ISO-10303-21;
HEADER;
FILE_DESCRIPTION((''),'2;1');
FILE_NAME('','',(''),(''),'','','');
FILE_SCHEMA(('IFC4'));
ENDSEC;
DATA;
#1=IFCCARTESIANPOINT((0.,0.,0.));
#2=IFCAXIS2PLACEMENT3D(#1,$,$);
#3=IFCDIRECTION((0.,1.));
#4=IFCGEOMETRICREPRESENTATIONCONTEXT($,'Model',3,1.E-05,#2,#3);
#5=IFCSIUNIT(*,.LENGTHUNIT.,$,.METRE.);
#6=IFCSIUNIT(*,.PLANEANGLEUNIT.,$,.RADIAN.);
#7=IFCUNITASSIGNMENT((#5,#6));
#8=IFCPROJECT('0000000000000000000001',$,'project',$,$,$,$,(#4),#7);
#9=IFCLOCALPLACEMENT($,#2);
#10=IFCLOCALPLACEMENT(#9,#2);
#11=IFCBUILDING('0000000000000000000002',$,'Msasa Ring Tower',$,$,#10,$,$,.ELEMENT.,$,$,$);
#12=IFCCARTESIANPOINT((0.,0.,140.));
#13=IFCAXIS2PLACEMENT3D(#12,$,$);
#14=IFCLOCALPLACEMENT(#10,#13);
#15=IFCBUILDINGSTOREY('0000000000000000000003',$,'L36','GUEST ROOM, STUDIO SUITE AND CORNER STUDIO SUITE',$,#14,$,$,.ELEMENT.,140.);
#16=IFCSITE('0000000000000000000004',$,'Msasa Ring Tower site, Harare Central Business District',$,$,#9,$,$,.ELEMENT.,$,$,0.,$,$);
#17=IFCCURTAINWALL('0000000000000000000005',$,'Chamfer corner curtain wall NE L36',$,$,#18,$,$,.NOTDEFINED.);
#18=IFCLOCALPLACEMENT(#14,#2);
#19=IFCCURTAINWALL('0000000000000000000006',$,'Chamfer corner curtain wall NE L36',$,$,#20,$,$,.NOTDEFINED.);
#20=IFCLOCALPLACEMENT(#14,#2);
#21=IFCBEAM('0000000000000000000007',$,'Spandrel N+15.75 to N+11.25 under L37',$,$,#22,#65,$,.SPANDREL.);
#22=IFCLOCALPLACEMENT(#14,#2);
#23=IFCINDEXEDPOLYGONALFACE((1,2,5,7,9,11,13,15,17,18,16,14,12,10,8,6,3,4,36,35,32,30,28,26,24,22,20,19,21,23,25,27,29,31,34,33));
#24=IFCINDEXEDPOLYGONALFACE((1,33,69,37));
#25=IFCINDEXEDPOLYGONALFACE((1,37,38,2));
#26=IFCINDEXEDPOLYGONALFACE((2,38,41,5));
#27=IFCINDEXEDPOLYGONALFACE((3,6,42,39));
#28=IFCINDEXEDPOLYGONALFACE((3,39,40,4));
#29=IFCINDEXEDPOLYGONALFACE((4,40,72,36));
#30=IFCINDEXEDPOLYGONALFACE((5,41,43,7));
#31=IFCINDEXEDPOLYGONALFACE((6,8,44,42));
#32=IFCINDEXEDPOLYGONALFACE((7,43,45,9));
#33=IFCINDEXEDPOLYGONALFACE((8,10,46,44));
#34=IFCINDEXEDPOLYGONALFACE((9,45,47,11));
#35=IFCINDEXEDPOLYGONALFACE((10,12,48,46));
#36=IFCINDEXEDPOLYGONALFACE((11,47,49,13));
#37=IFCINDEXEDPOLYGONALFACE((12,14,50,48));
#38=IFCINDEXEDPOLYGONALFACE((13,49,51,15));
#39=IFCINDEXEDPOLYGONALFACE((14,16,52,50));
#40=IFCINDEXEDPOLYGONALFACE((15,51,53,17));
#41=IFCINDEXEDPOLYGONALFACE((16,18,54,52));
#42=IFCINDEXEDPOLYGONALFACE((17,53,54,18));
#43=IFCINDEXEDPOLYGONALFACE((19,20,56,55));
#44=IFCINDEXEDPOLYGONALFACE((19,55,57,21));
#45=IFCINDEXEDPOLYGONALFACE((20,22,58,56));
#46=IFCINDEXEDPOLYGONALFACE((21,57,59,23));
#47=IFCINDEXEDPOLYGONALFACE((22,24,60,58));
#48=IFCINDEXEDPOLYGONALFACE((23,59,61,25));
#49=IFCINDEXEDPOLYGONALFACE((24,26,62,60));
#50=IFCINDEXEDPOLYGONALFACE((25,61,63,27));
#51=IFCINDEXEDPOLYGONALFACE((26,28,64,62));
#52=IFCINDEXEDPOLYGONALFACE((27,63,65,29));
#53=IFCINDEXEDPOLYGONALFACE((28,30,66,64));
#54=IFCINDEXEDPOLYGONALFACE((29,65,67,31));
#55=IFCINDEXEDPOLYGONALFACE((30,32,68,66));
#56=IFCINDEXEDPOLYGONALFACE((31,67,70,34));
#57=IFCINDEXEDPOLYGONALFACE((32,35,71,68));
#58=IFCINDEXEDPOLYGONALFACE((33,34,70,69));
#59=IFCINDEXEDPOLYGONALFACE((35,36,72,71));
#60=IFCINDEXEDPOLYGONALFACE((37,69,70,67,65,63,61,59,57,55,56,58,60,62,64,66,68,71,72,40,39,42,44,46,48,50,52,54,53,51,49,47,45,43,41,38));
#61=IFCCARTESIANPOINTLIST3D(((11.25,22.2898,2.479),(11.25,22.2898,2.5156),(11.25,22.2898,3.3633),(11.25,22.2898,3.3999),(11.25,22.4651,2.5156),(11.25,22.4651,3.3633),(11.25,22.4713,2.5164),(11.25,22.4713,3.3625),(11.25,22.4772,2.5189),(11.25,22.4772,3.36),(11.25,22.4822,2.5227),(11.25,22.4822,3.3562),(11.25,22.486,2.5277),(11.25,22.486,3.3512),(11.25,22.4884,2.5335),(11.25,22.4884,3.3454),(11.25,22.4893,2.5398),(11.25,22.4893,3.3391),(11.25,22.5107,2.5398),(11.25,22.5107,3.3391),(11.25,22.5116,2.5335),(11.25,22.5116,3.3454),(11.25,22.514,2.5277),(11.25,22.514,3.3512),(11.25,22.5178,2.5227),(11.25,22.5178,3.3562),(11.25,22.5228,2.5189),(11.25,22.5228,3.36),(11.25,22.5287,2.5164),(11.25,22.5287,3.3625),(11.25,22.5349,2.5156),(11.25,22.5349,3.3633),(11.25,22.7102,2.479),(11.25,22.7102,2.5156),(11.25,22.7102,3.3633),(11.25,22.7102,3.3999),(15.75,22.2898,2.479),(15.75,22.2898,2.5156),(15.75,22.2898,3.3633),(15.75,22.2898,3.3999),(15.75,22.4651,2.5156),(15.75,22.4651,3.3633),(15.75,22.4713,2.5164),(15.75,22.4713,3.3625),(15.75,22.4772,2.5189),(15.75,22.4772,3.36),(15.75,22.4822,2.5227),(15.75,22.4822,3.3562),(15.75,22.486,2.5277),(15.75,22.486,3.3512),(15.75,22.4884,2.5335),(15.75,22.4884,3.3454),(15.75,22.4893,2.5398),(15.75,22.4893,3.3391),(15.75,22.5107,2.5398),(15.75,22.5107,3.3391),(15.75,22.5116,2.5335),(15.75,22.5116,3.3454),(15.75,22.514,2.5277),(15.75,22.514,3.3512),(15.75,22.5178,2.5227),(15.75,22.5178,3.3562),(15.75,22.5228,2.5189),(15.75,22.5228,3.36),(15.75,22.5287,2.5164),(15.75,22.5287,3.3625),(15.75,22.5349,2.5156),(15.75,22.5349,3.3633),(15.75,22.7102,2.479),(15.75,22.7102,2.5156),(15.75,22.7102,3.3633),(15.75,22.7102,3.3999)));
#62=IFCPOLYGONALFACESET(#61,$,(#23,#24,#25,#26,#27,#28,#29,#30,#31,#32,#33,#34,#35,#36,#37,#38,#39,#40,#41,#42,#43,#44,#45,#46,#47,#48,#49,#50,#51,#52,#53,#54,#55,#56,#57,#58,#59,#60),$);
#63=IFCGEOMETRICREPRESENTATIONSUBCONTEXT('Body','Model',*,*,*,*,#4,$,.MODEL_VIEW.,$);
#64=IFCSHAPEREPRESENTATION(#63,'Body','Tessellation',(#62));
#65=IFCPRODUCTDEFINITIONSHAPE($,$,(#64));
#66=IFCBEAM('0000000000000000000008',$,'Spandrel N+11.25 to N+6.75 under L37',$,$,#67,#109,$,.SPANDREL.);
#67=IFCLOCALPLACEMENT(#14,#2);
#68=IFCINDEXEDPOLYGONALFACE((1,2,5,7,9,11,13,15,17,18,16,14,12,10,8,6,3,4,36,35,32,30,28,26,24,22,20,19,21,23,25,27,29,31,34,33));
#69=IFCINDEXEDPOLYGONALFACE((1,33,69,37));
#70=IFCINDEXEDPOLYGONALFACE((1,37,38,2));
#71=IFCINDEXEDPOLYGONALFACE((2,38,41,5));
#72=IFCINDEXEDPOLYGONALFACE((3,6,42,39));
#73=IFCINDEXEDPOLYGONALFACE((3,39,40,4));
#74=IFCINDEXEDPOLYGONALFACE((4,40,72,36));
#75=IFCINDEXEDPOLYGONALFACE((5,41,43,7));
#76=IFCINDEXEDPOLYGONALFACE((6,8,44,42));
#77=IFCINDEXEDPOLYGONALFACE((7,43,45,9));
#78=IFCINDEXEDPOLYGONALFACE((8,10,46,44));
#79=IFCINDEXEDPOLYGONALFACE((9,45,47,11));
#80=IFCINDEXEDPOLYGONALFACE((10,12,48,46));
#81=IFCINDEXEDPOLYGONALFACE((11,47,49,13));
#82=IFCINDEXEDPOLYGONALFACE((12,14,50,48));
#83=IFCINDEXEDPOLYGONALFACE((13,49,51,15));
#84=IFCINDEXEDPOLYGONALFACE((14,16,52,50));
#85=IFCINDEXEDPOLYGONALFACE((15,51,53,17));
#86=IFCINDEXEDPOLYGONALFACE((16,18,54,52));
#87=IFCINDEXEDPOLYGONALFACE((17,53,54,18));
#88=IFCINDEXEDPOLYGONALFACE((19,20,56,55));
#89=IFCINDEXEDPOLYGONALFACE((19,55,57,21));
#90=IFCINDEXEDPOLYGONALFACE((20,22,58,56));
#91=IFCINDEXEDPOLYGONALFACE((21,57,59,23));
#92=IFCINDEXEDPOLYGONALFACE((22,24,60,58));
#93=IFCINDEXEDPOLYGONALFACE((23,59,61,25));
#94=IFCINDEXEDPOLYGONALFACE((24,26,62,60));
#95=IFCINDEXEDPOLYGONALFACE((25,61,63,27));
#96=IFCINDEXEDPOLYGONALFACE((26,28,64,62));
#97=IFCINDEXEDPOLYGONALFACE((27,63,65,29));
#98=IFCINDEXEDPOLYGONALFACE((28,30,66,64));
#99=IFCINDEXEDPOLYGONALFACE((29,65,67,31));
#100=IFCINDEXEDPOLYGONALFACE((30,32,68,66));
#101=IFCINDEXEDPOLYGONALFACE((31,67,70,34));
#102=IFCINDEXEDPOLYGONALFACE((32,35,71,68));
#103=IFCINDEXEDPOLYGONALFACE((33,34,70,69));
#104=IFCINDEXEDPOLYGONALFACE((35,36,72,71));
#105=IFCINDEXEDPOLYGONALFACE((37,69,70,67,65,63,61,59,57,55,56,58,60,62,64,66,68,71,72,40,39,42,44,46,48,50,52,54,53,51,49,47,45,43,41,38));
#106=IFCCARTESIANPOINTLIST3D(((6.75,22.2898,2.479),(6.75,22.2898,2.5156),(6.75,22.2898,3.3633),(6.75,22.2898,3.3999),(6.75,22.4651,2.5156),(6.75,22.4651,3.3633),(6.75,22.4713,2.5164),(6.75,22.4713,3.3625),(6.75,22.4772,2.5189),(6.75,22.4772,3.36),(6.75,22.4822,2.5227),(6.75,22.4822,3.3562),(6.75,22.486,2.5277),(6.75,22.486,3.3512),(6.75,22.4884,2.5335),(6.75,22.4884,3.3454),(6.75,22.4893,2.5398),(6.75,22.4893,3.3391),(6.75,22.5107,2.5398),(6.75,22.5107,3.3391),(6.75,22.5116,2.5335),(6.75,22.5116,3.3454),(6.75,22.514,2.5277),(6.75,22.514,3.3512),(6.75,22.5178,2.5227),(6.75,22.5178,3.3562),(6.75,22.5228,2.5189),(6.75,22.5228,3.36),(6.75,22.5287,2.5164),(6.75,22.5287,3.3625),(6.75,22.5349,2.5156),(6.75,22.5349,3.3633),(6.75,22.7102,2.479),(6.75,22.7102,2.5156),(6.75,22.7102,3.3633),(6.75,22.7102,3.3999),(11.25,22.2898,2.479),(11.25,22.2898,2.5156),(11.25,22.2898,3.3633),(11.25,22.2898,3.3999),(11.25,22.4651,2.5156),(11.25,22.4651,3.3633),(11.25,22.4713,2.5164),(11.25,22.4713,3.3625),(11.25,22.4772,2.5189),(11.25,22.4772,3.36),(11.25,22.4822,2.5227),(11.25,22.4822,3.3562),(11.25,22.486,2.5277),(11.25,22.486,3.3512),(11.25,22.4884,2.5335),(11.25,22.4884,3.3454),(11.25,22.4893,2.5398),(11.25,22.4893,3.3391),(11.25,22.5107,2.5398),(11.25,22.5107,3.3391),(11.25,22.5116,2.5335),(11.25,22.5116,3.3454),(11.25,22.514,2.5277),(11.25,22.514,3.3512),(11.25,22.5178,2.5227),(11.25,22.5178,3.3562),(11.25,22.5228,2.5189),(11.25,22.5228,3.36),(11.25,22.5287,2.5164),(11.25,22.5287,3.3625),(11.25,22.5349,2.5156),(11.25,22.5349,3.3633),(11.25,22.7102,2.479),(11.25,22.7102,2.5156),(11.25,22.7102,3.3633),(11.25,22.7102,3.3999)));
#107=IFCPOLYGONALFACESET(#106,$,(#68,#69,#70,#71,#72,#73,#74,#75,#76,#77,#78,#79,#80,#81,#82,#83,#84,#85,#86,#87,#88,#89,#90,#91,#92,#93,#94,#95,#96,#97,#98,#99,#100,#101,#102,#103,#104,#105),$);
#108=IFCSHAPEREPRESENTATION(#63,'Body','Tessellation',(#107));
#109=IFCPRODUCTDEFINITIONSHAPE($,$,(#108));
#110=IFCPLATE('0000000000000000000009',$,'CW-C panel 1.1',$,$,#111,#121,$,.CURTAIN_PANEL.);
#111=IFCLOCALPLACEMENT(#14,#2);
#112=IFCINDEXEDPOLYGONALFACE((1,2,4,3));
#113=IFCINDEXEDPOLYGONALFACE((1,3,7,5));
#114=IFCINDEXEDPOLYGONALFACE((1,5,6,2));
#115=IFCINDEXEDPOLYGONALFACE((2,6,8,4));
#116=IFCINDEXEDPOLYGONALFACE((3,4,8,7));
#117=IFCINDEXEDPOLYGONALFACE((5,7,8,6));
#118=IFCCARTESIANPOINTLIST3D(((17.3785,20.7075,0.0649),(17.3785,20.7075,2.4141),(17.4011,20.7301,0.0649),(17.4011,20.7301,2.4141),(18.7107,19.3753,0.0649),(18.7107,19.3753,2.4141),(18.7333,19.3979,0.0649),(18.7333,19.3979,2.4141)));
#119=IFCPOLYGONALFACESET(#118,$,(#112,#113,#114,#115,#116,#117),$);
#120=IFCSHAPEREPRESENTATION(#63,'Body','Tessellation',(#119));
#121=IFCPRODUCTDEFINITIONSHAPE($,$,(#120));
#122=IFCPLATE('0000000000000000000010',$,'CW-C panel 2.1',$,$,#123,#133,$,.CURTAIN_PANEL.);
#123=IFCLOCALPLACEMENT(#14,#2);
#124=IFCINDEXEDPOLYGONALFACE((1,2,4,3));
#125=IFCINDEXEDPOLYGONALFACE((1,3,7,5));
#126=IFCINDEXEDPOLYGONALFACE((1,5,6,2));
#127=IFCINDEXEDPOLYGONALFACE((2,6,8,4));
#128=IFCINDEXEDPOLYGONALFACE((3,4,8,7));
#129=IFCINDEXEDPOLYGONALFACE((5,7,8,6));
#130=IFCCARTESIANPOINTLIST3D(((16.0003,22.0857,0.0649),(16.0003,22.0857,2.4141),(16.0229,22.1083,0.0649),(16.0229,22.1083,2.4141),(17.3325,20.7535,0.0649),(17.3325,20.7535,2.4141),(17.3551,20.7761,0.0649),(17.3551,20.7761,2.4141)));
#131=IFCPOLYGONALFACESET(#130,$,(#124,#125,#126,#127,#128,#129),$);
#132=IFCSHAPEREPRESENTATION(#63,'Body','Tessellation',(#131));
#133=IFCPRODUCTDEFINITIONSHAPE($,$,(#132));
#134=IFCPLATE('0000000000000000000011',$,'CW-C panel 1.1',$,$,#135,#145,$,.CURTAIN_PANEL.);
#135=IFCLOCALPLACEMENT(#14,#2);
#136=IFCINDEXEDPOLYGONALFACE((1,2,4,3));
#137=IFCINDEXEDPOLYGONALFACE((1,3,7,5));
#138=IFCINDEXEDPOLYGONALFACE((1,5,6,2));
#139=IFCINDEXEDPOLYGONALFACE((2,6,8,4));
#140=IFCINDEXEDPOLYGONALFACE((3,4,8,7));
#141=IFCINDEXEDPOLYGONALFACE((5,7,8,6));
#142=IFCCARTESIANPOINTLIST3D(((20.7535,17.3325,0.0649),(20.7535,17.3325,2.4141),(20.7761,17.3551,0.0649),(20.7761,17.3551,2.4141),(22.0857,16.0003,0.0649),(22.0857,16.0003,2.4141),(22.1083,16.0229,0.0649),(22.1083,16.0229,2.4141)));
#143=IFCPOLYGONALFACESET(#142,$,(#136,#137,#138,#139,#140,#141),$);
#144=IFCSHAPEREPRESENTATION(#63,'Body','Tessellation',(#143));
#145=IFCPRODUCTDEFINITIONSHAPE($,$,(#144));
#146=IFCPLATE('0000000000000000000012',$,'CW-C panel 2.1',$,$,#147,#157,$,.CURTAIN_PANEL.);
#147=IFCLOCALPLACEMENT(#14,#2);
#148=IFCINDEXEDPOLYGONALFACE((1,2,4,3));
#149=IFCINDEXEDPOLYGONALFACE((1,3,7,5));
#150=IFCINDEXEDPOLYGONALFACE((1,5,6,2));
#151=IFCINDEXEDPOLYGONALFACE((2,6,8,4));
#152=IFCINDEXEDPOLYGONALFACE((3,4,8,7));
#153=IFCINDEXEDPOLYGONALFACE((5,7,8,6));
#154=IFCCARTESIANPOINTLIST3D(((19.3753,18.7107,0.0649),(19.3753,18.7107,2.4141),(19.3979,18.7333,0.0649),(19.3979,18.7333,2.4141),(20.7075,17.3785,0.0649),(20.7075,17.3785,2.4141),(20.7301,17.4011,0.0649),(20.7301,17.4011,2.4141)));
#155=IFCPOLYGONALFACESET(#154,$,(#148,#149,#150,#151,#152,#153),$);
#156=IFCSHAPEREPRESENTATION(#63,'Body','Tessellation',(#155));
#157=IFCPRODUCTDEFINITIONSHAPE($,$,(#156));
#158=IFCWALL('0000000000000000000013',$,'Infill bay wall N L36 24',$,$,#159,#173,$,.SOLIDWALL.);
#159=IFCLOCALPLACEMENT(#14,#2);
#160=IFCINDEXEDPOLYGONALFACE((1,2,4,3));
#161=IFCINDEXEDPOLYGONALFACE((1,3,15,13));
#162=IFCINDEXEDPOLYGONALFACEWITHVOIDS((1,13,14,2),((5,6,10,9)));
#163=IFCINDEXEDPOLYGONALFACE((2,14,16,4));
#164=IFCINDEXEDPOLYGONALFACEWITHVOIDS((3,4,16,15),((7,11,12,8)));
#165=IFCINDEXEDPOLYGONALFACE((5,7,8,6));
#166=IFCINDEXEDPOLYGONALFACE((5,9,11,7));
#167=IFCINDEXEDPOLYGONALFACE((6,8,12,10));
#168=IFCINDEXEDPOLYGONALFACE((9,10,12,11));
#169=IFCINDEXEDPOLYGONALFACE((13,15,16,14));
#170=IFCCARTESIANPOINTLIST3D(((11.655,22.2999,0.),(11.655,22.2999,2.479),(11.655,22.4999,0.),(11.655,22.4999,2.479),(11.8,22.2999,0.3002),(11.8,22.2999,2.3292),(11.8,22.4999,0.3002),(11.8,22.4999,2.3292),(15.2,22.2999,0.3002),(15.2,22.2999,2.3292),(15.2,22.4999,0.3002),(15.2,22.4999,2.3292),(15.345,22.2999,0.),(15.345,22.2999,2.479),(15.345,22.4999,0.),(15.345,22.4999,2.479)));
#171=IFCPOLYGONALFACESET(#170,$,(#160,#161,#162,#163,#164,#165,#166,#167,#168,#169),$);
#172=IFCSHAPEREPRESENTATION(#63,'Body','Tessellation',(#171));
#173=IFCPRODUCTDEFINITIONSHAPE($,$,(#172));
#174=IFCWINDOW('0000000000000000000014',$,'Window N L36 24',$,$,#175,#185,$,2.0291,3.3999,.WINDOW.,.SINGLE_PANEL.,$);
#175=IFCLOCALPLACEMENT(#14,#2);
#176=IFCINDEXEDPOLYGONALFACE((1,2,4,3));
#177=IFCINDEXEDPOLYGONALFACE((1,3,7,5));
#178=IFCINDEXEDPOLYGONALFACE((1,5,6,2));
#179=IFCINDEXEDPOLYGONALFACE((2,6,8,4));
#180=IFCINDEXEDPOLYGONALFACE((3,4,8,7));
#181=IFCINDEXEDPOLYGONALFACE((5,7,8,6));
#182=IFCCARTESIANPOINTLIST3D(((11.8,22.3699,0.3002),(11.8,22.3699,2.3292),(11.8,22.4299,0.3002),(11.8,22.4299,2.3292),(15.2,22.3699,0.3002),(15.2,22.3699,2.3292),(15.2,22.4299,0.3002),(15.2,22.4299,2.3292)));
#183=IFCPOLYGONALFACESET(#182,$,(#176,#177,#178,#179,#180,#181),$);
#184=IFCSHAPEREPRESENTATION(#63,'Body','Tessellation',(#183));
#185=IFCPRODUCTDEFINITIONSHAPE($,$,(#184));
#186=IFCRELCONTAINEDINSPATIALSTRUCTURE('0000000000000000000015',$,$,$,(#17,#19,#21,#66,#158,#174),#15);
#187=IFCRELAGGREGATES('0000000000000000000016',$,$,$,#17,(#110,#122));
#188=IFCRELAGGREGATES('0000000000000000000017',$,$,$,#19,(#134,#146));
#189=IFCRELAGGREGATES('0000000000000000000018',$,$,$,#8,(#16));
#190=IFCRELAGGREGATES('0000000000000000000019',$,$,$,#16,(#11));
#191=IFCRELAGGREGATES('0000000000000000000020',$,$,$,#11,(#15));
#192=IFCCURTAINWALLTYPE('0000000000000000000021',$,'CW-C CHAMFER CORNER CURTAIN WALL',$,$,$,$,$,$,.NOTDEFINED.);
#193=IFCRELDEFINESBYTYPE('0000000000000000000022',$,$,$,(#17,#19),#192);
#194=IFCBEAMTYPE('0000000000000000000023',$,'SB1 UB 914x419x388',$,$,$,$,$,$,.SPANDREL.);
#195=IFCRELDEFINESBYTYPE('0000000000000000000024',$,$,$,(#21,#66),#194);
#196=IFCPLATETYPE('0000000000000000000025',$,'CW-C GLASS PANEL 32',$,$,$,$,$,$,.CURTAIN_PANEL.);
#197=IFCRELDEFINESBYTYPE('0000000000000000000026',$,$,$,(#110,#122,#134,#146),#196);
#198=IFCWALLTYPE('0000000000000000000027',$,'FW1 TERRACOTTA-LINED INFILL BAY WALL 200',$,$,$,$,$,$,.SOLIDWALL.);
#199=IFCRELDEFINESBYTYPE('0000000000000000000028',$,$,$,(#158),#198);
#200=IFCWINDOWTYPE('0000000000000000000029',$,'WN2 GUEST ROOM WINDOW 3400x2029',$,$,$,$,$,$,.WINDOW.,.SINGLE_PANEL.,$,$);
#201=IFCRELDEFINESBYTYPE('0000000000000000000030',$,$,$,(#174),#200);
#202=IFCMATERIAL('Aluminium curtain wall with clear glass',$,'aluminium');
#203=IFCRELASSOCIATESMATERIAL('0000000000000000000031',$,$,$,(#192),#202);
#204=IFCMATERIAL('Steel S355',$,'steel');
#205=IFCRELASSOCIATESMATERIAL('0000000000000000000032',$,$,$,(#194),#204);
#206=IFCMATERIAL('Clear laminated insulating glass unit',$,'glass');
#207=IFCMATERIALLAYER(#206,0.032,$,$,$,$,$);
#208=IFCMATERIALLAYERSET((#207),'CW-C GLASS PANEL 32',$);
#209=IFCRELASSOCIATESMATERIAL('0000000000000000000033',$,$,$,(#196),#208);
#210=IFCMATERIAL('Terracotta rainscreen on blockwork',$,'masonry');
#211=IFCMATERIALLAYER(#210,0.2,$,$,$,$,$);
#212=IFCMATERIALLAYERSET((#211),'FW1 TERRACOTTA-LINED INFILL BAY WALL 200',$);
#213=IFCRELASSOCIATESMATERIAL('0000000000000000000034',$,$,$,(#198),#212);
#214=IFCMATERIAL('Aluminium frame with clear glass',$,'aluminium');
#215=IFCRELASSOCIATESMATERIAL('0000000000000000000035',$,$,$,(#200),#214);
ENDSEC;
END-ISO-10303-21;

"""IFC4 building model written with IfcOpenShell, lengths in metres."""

from ifc_helpers import new_model, si_unit, direction, frame, frame_2d, origin, origin_2d, place, context, subcontext, project, spatial, rectangle, i_section, extrude, material, layer, layer_set, material_profile, profile_set, type_object, element, fill, aggregate, save


model = new_model("IFC4")

# Units and contexts
model_context = context("Model", 3, precision=1e-05, world=origin(), true_north=direction((0.0, 1.0)))
body_context = subcontext(model_context, "Body", "Model", "MODEL_VIEW")
ifc_project = project(units=[si_unit("LENGTHUNIT", "METRE"), si_unit("PLANEANGLEUNIT", "RADIAN")], contexts=[model_context])

# Site, building, storey
site_placement = place(None, origin())
site = spatial("IfcSite", under=ifc_project, at=site_placement, Name="Msasa Ring Tower site, Harare Central Business District", CompositionType="ELEMENT", RefElevation=0.0)
building_placement = place(site_placement, origin())
building = spatial("IfcBuilding", under=site, at=building_placement, Name="Msasa Ring Tower", CompositionType="ELEMENT")
storey_placement = place(building_placement, frame((0.0, 0.0, 140.0)))
storey = spatial("IfcBuildingStorey", under=building, at=storey_placement, Name="L36", Description="GUEST ROOM, STUDIO SUITE AND CORNER STUDIO SUITE", CompositionType="ELEMENT", Elevation=140.0)

# Curtain walls
ifc_material_1 = material(Name="Aluminium curtain wall with clear glass", Category="aluminium")
curtain_wall_type = type_object("IfcCurtainWallType", Name="CW-C CHAMFER CORNER CURTAIN WALL", PredefinedType="NOTDEFINED", material=ifc_material_1)
curtain_wall_1_placement = place(storey_placement, origin())
curtain_wall_1 = element("IfcCurtainWall", 1, at=curtain_wall_1_placement, inside=storey, type_object=curtain_wall_type, Name="Chamfer corner curtain wall NE L36", PredefinedType="NOTDEFINED")
curtain_wall_2_placement = place(storey_placement, origin())
curtain_wall_2 = element("IfcCurtainWall", 2, at=curtain_wall_2_placement, inside=storey, type_object=curtain_wall_type, Name="Chamfer corner curtain wall NE L36", PredefinedType="NOTDEFINED")

# Beams
ifc_material_2 = material(Name="Steel S355", Category="steel")
ifc_material_profile_1 = material_profile(ifc_material_2, i_section(OverallWidth=0.4204, OverallDepth=0.9209, WebThickness=0.0215, FlangeThickness=0.0366, FilletRadius=0.0242, at=origin_2d()), Name="UB 914x419x388")
ifc_profile_set_1 = profile_set([ifc_material_profile_1], Name="Steel S355")
beam_type_1 = type_object("IfcBeamType", Name="SB1 UB 914x419x388", PredefinedType="SPANDREL", material=ifc_profile_set_1)
for number, where, z_axis, x_axis, name in (
    (3, (15.75, 22.5, 2.9395), (-1.0, 0.0, 0.0), (0.0, -1.0, 0.0), "Spandrel N+15.75 to N+11.25 under L37"),
    (4, (11.25, 22.5, 2.9395), (-1.0, 0.0, 0.0), (0.0, -1.0, 0.0), "Spandrel N+11.25 to N+6.75 under L37"),
):
    element("IfcBeam", number, at=place(storey_placement, frame(where, z_axis=z_axis, x_axis=x_axis)), inside=storey, type_object=beam_type_1, Name=name, PredefinedType="SPANDREL", context=body_context, shape_type="SweptSolid", body=[
        extrude(i_section(OverallWidth=0.4204, OverallDepth=0.9209, WebThickness=0.0215, FlangeThickness=0.0366, FilletRadius=0.0242, at=origin_2d()), origin(), (0.0, 0.0, 1.0), 4.5),
    ])

# Plates
ifc_material_3 = material(Name="Clear laminated insulating glass unit", Category="glass")
ifc_layer_1 = layer(ifc_material_3, 0.032)
ifc_layer_set_1 = layer_set([ifc_layer_1], Name="CW-C GLASS PANEL 32")
plate_type = type_object("IfcPlateType", Name="CW-C GLASS PANEL 32", PredefinedType="CURTAIN_PANEL", material=ifc_layer_set_1)
plate_1_placement = place(storey_placement, frame((18.0559, 20.0527, 0.0649), z_axis=(0.0, 0.0, 1.0), x_axis=(-0.707107, 0.707107, 0.0)))
plate_1 = element("IfcPlate", 5, at=plate_1_placement, type_object=plate_type, Name="CW-C panel 1.1", PredefinedType="CURTAIN_PANEL", context=body_context, shape_type="SweptSolid", body=[
    extrude(rectangle(XDim=1.884, YDim=0.032, at=origin_2d()), origin(), (0.0, 0.0, 1.0), 2.3491),
])
plate_2_placement = place(storey_placement, frame((16.6777, 21.4309, 0.0649), z_axis=(0.0, 0.0, 1.0), x_axis=(-0.707107, 0.707107, 0.0)))
plate_2 = element("IfcPlate", 6, at=plate_2_placement, type_object=plate_type, Name="CW-C panel 2.1", PredefinedType="CURTAIN_PANEL", context=body_context, shape_type="SweptSolid", body=[
    extrude(rectangle(XDim=1.884, YDim=0.032, at=origin_2d()), origin(), (0.0, 0.0, 1.0), 2.3491),
])
aggregate(curtain_wall_1, [plate_1, plate_2])
plate_3_placement = place(storey_placement, frame((21.4309, 16.6777, 0.0649), z_axis=(0.0, 0.0, 1.0), x_axis=(-0.707107, 0.707107, 0.0)))
plate_3 = element("IfcPlate", 7, at=plate_3_placement, type_object=plate_type, Name="CW-C panel 1.1", PredefinedType="CURTAIN_PANEL", context=body_context, shape_type="SweptSolid", body=[
    extrude(rectangle(XDim=1.884, YDim=0.032, at=origin_2d()), origin(), (0.0, 0.0, 1.0), 2.3491),
])
plate_4_placement = place(storey_placement, frame((20.0527, 18.0559, 0.0649), z_axis=(0.0, 0.0, 1.0), x_axis=(-0.707107, 0.707107, 0.0)))
plate_4 = element("IfcPlate", 8, at=plate_4_placement, type_object=plate_type, Name="CW-C panel 2.1", PredefinedType="CURTAIN_PANEL", context=body_context, shape_type="SweptSolid", body=[
    extrude(rectangle(XDim=1.884, YDim=0.032, at=origin_2d()), origin(), (0.0, 0.0, 1.0), 2.3491),
])
aggregate(curtain_wall_2, [plate_3, plate_4])

# Wall, opening, window
ifc_material_4 = material(Name="Terracotta rainscreen on blockwork", Category="masonry")
ifc_layer_2 = layer(ifc_material_4, 0.2)
ifc_layer_set_2 = layer_set([ifc_layer_2], Name="FW1 TERRACOTTA-LINED INFILL BAY WALL 200")
wall_type = type_object("IfcWallType", Name="FW1 TERRACOTTA-LINED INFILL BAY WALL 200", PredefinedType="SOLIDWALL", material=ifc_layer_set_2)
wall_placement = place(storey_placement, frame((11.655, 22.3999, 0.0), z_axis=(0.0, 0.0, 1.0), x_axis=(1.0, 0.0, 0.0)))
wall = element("IfcWall", 9, at=wall_placement, inside=storey, type_object=wall_type, Name="Infill bay wall N L36 24", PredefinedType="SOLIDWALL", context=body_context, shape_type="SweptSolid", body=[
    extrude(rectangle(XDim=3.6899, YDim=0.2, at=frame_2d((1.845, 0.0))), origin(), (0.0, 0.0, 1.0), 2.479),
])
opening_placement = place(wall_placement, frame((0.145, 0.0, 0.3)))
opening = element("IfcOpeningElement", 10, at=opening_placement, cuts=wall, PredefinedType="OPENING", context=body_context, shape_type="SweptSolid", body=[
    extrude(rectangle(XDim=3.3999, YDim=2.0291, at=frame_2d((1.7, 1.0146))), frame((0.0, 0.1099, 0.0), z_axis=(0.0, -1.0, 0.0), x_axis=(1.0, 0.0, 0.0)), (0.0, 0.0, 1.0), 0.22),
])
ifc_material_5 = material(Name="Aluminium frame with clear glass", Category="aluminium")
window_type = type_object("IfcWindowType", Name="WN2 GUEST ROOM WINDOW 3400x2029", PartitioningType="SINGLE_PANEL", PredefinedType="WINDOW", material=ifc_material_5)
window_placement = place(opening_placement, origin())
window = element("IfcWindow", 11, at=window_placement, inside=storey, type_object=window_type, Name="Window N L36 24", OverallHeight=2.0291, OverallWidth=3.3999, PartitioningType="SINGLE_PANEL", PredefinedType="WINDOW", context=body_context, shape_type="SweptSolid", body=[
    extrude(rectangle(XDim=3.3999, YDim=2.0291, at=frame_2d((1.7, 1.0146))), frame((0.0, 0.03, 0.0), z_axis=(0.0, -1.0, 0.0), x_axis=(1.0, 0.0, 0.0)), (0.0, 0.0, 1.0), 0.0601),
])
fill(opening, window)

save(model, "model.ifc")
